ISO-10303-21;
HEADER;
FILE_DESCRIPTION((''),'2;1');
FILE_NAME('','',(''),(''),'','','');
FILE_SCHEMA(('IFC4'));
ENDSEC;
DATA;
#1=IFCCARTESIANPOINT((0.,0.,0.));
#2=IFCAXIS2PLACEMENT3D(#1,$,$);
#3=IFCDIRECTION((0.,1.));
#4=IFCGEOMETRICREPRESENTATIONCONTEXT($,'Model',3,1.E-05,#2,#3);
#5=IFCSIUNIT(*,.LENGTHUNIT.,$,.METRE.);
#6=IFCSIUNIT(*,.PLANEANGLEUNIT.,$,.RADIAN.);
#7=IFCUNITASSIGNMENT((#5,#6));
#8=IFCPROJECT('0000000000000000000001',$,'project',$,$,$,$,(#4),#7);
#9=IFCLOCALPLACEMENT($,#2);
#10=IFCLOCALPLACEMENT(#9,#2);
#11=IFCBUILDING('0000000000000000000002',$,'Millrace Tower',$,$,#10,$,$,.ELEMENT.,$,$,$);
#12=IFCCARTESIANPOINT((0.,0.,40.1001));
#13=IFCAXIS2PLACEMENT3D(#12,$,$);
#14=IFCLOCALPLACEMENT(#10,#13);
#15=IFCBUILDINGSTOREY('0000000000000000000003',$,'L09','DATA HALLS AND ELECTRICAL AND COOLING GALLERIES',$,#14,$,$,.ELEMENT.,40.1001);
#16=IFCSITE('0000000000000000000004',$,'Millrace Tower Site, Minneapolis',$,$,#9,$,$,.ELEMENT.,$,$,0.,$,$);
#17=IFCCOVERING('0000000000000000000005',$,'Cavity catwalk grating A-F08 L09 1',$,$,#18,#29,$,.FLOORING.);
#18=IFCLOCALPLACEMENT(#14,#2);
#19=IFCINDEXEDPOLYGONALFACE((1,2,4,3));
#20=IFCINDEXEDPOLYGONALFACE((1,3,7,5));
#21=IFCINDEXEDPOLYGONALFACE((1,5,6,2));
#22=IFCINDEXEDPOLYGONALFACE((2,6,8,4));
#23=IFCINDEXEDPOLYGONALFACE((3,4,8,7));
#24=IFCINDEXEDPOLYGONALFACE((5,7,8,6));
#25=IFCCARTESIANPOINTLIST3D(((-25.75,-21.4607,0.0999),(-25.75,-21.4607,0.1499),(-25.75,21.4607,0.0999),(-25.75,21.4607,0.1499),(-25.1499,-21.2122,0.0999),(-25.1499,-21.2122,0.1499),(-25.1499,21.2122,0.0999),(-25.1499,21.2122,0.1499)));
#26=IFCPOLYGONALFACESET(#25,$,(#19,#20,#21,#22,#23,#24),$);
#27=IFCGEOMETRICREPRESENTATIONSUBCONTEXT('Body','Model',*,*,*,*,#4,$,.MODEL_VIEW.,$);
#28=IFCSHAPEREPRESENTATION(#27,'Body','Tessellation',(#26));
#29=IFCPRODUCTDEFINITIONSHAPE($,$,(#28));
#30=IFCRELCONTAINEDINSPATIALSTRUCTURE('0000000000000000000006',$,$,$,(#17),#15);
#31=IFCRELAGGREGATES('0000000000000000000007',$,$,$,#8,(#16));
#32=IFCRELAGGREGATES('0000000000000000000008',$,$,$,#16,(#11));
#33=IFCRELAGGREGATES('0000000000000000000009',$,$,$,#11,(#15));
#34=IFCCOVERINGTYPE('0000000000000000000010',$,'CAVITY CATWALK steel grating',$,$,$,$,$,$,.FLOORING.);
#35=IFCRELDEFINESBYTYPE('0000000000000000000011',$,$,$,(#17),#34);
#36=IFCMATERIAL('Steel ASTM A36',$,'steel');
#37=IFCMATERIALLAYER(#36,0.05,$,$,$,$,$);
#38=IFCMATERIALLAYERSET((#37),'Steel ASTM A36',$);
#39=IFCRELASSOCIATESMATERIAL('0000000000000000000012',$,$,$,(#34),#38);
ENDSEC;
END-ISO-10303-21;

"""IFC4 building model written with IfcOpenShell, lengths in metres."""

from ifc_helpers import new_model, si_unit, direction, frame, origin, place, context, subcontext, project, spatial, polyline, outline, extrude, material, layer, layer_set, type_object, element, save


model = new_model("IFC4")

# Units and contexts
model_context = context("Model", 3, precision=1e-05, world=origin(), true_north=direction((0.0, 1.0)))
body_context = subcontext(model_context, "Body", "Model", "MODEL_VIEW")
ifc_project = project(units=[si_unit("LENGTHUNIT", "METRE"), si_unit("PLANEANGLEUNIT", "RADIAN")], contexts=[model_context])

# Site, building, storey
site_placement = place(None, origin())
site = spatial("IfcSite", under=ifc_project, at=site_placement, Name="Millrace Tower Site, Minneapolis", CompositionType="ELEMENT", RefElevation=0.0)
building_placement = place(site_placement, origin())
building = spatial("IfcBuilding", under=site, at=building_placement, Name="Millrace Tower", CompositionType="ELEMENT")
storey_placement = place(building_placement, frame((0.0, 0.0, 40.1001)))
storey = spatial("IfcBuildingStorey", under=building, at=storey_placement, Name="L09", Description="DATA HALLS AND ELECTRICAL AND COOLING GALLERIES", CompositionType="ELEMENT", Elevation=40.1001)

# Covering
ifc_material_1 = material(Name="Steel ASTM A36", Category="steel")
ifc_layer_1 = layer(ifc_material_1, 0.05)
ifc_layer_set_1 = layer_set([ifc_layer_1], Name="Steel ASTM A36")
covering_type = type_object("IfcCoveringType", Name="CAVITY CATWALK steel grating", PredefinedType="FLOORING", material=ifc_layer_set_1)
covering_placement = place(storey_placement, frame((0.0, 0.0, 0.0999)))
element("IfcCovering", 1, at=covering_placement, inside=storey, type_object=covering_type, Name="Cavity catwalk grating A-F08 L09 1", PredefinedType="FLOORING", context=body_context, shape_type="SweptSolid", body=[
    extrude(outline(polyline([(-25.75, 21.4607), (-25.75, -21.4607), (-25.1499, -21.2122), (-25.1499, 21.2122), (-25.75, 21.4607)])), origin(), (0.0, 0.0, 1.0), 0.05),
])

save(model, "model.ifc")
